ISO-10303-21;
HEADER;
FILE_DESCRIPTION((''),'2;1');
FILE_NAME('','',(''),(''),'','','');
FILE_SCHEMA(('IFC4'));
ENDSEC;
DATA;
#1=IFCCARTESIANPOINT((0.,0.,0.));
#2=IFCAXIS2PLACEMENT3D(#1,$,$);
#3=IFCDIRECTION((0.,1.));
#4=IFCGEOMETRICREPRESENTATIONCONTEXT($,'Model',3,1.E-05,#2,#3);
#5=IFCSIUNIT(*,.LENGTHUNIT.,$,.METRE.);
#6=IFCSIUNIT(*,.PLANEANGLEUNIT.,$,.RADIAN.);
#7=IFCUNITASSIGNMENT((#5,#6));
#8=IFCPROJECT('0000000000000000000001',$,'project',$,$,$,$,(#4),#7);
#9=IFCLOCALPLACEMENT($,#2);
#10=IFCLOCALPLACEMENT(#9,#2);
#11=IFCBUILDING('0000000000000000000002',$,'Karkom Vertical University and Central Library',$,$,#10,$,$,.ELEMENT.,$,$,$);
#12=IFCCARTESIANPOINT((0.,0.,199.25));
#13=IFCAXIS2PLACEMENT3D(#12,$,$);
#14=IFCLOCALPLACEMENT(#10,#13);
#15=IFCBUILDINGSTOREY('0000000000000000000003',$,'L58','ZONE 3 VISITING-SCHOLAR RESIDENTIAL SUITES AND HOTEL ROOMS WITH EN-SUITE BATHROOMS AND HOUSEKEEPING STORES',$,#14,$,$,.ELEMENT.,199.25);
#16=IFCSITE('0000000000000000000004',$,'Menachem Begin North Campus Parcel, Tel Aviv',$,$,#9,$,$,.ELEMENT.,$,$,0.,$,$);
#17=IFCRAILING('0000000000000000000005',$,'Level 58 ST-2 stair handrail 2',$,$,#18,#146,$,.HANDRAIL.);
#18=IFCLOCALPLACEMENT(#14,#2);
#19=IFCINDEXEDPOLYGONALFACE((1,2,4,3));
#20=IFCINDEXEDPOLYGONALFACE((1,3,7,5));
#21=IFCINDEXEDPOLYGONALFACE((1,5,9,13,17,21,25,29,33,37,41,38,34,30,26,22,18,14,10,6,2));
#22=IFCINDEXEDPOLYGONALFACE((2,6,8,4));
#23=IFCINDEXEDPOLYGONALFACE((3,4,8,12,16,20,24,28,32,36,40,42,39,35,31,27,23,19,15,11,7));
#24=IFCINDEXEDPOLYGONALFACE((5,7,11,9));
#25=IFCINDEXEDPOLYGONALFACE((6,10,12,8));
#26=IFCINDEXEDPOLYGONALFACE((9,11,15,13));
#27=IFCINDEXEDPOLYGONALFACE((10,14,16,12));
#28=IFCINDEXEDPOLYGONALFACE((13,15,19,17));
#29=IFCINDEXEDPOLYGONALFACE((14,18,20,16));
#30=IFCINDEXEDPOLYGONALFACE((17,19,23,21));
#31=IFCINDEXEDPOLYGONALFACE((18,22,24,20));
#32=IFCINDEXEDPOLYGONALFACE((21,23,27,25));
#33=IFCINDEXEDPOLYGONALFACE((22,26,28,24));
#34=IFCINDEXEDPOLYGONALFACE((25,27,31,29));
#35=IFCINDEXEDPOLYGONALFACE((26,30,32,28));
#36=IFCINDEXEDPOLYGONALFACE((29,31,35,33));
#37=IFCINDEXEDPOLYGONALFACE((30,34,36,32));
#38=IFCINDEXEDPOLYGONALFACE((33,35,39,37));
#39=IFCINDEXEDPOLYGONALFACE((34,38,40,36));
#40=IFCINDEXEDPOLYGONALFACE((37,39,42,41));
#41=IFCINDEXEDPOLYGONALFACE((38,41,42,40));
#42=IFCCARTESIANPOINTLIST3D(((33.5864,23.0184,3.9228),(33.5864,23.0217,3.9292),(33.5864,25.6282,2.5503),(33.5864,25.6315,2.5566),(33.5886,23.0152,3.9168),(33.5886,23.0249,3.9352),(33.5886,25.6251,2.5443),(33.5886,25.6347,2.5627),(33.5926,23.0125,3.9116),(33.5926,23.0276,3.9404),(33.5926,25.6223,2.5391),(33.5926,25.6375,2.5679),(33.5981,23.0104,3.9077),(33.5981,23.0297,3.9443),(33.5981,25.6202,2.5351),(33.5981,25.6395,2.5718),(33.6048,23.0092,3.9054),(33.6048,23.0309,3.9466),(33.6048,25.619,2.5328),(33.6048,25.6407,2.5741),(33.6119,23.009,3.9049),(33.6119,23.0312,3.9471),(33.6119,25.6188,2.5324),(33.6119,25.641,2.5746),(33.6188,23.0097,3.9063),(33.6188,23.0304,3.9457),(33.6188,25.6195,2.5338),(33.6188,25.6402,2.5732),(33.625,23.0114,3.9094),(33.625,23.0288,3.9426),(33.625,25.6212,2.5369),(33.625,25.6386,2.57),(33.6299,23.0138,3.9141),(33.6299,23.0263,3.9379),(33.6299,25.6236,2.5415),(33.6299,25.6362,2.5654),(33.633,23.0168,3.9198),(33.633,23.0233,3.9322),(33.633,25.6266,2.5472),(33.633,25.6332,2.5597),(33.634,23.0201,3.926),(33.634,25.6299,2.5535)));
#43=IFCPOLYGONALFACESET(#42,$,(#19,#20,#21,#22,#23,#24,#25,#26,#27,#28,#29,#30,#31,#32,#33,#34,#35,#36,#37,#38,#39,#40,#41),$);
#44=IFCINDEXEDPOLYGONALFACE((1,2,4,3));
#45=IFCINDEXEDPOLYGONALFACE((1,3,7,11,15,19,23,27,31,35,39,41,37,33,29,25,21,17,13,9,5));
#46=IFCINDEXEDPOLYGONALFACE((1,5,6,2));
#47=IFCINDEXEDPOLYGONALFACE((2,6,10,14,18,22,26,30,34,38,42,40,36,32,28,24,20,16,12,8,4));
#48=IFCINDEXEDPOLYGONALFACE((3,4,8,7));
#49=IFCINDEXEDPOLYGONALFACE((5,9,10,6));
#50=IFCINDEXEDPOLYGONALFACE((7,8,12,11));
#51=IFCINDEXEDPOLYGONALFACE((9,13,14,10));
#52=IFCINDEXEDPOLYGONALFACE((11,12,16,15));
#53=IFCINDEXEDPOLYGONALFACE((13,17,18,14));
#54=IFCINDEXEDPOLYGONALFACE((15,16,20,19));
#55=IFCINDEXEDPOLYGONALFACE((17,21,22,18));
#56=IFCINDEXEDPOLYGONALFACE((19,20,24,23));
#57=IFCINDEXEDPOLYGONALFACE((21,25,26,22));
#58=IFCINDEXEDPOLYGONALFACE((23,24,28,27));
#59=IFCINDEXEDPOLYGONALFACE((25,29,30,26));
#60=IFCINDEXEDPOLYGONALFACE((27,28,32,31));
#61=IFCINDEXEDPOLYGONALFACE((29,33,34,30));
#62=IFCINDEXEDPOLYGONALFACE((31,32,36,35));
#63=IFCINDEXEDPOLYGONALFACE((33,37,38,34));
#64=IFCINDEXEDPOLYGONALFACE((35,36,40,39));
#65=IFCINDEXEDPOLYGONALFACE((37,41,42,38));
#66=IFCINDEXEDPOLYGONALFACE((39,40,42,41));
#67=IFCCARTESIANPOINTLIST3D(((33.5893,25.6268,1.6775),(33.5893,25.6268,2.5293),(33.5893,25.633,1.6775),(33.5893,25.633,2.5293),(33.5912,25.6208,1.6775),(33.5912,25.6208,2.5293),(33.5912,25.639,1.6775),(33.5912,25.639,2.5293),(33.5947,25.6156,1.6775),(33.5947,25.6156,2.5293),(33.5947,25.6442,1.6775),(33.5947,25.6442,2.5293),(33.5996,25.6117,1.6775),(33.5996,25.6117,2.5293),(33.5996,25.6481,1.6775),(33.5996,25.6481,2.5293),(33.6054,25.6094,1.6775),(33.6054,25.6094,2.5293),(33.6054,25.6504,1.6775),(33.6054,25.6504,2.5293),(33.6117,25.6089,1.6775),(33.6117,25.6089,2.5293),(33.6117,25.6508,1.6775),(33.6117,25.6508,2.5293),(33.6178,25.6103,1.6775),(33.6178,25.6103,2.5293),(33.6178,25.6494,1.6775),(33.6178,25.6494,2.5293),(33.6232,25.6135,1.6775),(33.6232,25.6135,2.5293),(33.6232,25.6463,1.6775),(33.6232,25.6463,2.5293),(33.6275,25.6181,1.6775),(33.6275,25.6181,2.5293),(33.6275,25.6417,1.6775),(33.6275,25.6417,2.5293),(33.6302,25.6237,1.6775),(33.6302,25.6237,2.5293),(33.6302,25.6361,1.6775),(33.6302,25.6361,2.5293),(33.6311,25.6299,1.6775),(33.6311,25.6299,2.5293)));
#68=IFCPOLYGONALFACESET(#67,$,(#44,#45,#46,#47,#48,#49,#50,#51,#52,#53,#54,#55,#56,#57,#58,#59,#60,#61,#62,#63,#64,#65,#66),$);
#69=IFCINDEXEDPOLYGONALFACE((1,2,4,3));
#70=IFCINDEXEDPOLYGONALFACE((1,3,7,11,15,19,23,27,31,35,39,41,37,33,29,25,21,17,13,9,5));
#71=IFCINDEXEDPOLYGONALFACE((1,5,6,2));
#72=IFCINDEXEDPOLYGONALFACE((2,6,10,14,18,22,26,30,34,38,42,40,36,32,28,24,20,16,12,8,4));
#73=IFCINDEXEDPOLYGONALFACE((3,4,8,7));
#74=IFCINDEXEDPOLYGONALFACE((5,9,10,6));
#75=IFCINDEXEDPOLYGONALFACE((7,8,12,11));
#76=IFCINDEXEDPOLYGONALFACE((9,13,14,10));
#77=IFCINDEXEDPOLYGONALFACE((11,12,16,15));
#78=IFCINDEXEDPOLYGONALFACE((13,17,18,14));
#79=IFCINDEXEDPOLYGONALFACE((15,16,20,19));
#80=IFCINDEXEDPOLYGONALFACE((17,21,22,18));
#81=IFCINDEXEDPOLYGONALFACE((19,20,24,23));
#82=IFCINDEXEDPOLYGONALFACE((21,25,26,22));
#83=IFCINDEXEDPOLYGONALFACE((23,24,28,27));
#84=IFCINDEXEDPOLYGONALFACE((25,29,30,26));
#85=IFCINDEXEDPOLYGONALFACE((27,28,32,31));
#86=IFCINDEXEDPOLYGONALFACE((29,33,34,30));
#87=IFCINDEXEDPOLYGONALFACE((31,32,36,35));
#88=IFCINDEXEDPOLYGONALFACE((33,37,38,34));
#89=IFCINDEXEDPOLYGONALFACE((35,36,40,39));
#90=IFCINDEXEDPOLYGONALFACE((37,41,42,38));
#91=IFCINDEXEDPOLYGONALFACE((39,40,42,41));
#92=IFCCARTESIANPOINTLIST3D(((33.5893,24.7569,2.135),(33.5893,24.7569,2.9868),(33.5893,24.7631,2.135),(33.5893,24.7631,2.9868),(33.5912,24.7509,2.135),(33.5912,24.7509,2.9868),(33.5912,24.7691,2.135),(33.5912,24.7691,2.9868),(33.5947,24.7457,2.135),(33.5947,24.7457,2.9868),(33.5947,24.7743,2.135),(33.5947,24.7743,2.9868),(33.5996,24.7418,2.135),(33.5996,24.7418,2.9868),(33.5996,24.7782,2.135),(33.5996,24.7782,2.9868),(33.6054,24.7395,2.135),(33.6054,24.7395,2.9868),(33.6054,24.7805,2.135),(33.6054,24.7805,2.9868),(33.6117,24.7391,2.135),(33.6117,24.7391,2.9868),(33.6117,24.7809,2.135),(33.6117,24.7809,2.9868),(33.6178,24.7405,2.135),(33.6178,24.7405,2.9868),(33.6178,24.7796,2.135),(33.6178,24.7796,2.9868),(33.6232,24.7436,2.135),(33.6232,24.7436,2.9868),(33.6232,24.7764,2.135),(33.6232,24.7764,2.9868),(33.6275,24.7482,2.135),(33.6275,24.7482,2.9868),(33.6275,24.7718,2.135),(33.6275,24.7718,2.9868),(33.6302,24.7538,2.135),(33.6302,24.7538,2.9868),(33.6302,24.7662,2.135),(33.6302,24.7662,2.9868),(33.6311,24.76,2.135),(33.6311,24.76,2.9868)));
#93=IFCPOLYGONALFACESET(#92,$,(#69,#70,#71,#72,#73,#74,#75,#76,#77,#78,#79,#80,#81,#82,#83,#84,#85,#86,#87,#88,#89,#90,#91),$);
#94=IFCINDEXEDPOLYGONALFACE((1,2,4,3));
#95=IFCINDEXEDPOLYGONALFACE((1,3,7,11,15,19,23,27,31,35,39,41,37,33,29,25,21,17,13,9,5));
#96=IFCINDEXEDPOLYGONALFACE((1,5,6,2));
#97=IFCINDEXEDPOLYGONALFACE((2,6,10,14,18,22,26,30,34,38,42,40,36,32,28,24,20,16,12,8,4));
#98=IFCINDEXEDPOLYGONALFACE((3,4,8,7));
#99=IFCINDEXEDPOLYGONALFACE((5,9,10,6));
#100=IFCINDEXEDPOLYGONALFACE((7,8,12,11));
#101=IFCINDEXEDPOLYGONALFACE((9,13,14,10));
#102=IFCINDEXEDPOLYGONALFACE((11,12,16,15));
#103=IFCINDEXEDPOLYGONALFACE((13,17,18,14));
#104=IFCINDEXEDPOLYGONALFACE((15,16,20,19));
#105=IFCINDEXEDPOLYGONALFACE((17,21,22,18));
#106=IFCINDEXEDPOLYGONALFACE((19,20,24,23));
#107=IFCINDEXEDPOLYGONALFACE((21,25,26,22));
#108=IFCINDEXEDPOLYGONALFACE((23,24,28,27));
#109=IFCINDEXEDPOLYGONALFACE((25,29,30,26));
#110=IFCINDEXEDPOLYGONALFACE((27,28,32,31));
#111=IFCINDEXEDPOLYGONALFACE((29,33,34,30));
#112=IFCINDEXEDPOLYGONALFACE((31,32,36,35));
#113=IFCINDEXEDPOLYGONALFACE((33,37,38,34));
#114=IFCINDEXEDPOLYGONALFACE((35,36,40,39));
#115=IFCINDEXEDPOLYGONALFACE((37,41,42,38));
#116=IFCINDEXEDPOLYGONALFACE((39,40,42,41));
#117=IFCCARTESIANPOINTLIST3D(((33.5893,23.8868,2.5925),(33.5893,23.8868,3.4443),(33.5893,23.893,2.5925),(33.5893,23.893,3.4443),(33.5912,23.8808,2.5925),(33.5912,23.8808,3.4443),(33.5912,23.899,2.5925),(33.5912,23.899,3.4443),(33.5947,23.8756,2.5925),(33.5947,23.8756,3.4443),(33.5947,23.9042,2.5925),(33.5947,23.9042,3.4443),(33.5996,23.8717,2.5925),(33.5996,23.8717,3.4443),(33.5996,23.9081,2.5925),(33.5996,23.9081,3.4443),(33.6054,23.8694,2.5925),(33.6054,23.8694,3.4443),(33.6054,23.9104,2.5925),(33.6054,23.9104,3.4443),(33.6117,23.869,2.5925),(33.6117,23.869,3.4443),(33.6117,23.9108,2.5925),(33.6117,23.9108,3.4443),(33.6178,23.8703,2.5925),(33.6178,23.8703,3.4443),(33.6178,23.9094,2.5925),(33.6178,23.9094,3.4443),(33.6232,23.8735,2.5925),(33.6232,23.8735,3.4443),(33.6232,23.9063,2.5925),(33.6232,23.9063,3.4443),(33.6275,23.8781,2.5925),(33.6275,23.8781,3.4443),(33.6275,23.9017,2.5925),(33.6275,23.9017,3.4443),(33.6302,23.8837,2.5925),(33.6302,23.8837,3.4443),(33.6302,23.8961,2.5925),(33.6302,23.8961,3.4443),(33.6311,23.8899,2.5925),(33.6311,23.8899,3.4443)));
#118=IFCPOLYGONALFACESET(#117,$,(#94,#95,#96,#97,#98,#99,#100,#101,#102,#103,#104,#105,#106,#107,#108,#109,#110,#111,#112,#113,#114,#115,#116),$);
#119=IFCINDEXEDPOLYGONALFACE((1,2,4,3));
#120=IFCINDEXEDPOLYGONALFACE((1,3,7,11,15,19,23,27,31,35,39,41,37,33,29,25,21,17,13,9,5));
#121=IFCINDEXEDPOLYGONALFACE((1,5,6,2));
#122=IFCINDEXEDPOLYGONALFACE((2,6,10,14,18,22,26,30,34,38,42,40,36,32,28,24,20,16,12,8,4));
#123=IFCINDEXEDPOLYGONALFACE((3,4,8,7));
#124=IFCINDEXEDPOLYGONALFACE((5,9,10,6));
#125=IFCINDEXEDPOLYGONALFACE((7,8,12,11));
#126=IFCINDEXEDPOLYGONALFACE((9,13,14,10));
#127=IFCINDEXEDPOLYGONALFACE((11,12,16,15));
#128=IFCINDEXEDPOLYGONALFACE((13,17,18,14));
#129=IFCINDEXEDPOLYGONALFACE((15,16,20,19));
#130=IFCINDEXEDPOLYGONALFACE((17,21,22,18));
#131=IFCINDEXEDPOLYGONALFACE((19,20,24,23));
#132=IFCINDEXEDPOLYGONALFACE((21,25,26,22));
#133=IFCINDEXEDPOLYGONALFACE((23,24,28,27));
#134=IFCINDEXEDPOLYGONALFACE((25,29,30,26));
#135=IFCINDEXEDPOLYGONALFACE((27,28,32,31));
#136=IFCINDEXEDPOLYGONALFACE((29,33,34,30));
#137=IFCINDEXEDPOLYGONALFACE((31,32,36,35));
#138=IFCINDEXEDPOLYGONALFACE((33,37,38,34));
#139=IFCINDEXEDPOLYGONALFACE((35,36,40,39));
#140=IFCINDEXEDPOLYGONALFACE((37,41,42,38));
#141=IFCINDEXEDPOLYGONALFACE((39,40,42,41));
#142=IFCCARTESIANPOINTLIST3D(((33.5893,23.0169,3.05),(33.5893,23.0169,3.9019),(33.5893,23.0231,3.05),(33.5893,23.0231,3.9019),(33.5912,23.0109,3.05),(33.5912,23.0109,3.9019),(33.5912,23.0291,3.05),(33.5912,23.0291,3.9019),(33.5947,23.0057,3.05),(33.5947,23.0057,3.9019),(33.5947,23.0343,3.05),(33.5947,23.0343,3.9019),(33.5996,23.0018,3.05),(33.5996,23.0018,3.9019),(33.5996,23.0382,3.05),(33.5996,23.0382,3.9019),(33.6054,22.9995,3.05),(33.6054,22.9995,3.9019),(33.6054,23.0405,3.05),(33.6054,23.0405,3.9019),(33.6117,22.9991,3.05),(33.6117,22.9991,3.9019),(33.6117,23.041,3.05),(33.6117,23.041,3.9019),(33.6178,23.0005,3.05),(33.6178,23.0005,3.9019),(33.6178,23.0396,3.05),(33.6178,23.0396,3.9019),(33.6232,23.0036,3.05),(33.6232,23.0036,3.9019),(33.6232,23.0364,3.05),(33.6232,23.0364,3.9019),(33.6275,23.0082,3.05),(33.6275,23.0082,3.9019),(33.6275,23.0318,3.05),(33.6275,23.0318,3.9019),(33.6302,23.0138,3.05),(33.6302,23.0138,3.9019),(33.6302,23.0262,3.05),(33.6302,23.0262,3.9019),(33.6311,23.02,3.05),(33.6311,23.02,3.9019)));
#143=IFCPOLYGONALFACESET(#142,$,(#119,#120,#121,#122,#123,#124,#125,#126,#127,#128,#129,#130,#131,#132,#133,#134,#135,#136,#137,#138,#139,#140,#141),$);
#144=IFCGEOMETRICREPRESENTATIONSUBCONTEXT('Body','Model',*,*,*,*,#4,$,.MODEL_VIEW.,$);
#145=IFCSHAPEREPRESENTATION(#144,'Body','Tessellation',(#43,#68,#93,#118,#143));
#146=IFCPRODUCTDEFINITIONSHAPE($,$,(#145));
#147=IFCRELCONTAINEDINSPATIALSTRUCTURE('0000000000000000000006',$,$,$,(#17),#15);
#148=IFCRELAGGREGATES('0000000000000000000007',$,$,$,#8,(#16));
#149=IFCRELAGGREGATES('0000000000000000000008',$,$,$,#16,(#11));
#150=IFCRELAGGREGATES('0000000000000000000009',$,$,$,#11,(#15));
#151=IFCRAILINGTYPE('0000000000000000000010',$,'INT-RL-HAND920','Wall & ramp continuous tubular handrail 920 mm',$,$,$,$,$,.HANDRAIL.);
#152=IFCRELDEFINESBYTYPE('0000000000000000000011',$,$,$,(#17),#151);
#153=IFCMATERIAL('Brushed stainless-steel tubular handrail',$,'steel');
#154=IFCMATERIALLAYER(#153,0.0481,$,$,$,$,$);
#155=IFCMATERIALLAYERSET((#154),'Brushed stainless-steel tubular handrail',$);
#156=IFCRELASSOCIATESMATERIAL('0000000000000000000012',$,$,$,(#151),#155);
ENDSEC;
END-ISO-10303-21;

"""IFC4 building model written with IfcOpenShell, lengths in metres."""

from ifc_helpers import new_model, si_unit, direction, frame, origin, origin_2d, place, context, subcontext, project, spatial, circle, extrude, material, layer, layer_set, type_object, element, save


model = new_model("IFC4")

# Units and contexts
model_context = context("Model", 3, precision=1e-05, world=origin(), true_north=direction((0.0, 1.0)))
body_context = subcontext(model_context, "Body", "Model", "MODEL_VIEW")
ifc_project = project(units=[si_unit("LENGTHUNIT", "METRE"), si_unit("PLANEANGLEUNIT", "RADIAN")], contexts=[model_context])

# Site, building, storey
site_placement = place(None, origin())
site = spatial("IfcSite", under=ifc_project, at=site_placement, Name="Menachem Begin North Campus Parcel, Tel Aviv", CompositionType="ELEMENT", RefElevation=0.0)
building_placement = place(site_placement, origin())
building = spatial("IfcBuilding", under=site, at=building_placement, Name="Karkom Vertical University and Central Library", CompositionType="ELEMENT")
storey_placement = place(building_placement, frame((0.0, 0.0, 199.25)))
storey = spatial("IfcBuildingStorey", under=building, at=storey_placement, Name="L58", Description="ZONE 3 VISITING-SCHOLAR RESIDENTIAL SUITES AND HOTEL ROOMS WITH EN-SUITE BATHROOMS AND HOUSEKEEPING STORES", CompositionType="ELEMENT", Elevation=199.25)

# Railing
ifc_material_1 = material(Name="Brushed stainless-steel tubular handrail", Category="steel")
ifc_layer_1 = layer(ifc_material_1, 0.0481)
ifc_layer_set_1 = layer_set([ifc_layer_1], Name="Brushed stainless-steel tubular handrail")
railing_type_1 = type_object("IfcRailingType", Name="INT-RL-HAND920", Description="Wall & ramp continuous tubular handrail 920 mm", PredefinedType="HANDRAIL", material=ifc_layer_set_1)
railing_1_placement = place(storey_placement, frame((33.6101, 25.6299, 1.6775)))
element("IfcRailing", 1, at=railing_1_placement, inside=storey, type_object=railing_type_1, Name="Level 58 ST-2 stair handrail 2", PredefinedType="HANDRAIL", context=body_context, shape_type="SweptSolid", body=[
    extrude(circle(Radius=0.0239, at=origin_2d()), frame((0.0, 0.0, 0.876), z_axis=(0.0, -0.885065, 0.465467), x_axis=(1.0, 0.0, 0.0)), (0.0, 0.0, 1.0), 2.9487),
    extrude(circle(Radius=0.021, at=origin_2d()), origin(), (0.0, 0.0, 1.0), 0.8518),
    extrude(circle(Radius=0.021, at=origin_2d()), frame((0.0, -0.8699, 0.4575)), (0.0, 0.0, 1.0), 0.8518),
    extrude(circle(Radius=0.021, at=origin_2d()), frame((0.0, -1.74, 0.915)), (0.0, 0.0, 1.0), 0.8518),
    extrude(circle(Radius=0.021, at=origin_2d()), frame((0.0, -2.6099, 1.3726)), (0.0, 0.0, 1.0), 0.8518),
])

save(model, "model.ifc")
